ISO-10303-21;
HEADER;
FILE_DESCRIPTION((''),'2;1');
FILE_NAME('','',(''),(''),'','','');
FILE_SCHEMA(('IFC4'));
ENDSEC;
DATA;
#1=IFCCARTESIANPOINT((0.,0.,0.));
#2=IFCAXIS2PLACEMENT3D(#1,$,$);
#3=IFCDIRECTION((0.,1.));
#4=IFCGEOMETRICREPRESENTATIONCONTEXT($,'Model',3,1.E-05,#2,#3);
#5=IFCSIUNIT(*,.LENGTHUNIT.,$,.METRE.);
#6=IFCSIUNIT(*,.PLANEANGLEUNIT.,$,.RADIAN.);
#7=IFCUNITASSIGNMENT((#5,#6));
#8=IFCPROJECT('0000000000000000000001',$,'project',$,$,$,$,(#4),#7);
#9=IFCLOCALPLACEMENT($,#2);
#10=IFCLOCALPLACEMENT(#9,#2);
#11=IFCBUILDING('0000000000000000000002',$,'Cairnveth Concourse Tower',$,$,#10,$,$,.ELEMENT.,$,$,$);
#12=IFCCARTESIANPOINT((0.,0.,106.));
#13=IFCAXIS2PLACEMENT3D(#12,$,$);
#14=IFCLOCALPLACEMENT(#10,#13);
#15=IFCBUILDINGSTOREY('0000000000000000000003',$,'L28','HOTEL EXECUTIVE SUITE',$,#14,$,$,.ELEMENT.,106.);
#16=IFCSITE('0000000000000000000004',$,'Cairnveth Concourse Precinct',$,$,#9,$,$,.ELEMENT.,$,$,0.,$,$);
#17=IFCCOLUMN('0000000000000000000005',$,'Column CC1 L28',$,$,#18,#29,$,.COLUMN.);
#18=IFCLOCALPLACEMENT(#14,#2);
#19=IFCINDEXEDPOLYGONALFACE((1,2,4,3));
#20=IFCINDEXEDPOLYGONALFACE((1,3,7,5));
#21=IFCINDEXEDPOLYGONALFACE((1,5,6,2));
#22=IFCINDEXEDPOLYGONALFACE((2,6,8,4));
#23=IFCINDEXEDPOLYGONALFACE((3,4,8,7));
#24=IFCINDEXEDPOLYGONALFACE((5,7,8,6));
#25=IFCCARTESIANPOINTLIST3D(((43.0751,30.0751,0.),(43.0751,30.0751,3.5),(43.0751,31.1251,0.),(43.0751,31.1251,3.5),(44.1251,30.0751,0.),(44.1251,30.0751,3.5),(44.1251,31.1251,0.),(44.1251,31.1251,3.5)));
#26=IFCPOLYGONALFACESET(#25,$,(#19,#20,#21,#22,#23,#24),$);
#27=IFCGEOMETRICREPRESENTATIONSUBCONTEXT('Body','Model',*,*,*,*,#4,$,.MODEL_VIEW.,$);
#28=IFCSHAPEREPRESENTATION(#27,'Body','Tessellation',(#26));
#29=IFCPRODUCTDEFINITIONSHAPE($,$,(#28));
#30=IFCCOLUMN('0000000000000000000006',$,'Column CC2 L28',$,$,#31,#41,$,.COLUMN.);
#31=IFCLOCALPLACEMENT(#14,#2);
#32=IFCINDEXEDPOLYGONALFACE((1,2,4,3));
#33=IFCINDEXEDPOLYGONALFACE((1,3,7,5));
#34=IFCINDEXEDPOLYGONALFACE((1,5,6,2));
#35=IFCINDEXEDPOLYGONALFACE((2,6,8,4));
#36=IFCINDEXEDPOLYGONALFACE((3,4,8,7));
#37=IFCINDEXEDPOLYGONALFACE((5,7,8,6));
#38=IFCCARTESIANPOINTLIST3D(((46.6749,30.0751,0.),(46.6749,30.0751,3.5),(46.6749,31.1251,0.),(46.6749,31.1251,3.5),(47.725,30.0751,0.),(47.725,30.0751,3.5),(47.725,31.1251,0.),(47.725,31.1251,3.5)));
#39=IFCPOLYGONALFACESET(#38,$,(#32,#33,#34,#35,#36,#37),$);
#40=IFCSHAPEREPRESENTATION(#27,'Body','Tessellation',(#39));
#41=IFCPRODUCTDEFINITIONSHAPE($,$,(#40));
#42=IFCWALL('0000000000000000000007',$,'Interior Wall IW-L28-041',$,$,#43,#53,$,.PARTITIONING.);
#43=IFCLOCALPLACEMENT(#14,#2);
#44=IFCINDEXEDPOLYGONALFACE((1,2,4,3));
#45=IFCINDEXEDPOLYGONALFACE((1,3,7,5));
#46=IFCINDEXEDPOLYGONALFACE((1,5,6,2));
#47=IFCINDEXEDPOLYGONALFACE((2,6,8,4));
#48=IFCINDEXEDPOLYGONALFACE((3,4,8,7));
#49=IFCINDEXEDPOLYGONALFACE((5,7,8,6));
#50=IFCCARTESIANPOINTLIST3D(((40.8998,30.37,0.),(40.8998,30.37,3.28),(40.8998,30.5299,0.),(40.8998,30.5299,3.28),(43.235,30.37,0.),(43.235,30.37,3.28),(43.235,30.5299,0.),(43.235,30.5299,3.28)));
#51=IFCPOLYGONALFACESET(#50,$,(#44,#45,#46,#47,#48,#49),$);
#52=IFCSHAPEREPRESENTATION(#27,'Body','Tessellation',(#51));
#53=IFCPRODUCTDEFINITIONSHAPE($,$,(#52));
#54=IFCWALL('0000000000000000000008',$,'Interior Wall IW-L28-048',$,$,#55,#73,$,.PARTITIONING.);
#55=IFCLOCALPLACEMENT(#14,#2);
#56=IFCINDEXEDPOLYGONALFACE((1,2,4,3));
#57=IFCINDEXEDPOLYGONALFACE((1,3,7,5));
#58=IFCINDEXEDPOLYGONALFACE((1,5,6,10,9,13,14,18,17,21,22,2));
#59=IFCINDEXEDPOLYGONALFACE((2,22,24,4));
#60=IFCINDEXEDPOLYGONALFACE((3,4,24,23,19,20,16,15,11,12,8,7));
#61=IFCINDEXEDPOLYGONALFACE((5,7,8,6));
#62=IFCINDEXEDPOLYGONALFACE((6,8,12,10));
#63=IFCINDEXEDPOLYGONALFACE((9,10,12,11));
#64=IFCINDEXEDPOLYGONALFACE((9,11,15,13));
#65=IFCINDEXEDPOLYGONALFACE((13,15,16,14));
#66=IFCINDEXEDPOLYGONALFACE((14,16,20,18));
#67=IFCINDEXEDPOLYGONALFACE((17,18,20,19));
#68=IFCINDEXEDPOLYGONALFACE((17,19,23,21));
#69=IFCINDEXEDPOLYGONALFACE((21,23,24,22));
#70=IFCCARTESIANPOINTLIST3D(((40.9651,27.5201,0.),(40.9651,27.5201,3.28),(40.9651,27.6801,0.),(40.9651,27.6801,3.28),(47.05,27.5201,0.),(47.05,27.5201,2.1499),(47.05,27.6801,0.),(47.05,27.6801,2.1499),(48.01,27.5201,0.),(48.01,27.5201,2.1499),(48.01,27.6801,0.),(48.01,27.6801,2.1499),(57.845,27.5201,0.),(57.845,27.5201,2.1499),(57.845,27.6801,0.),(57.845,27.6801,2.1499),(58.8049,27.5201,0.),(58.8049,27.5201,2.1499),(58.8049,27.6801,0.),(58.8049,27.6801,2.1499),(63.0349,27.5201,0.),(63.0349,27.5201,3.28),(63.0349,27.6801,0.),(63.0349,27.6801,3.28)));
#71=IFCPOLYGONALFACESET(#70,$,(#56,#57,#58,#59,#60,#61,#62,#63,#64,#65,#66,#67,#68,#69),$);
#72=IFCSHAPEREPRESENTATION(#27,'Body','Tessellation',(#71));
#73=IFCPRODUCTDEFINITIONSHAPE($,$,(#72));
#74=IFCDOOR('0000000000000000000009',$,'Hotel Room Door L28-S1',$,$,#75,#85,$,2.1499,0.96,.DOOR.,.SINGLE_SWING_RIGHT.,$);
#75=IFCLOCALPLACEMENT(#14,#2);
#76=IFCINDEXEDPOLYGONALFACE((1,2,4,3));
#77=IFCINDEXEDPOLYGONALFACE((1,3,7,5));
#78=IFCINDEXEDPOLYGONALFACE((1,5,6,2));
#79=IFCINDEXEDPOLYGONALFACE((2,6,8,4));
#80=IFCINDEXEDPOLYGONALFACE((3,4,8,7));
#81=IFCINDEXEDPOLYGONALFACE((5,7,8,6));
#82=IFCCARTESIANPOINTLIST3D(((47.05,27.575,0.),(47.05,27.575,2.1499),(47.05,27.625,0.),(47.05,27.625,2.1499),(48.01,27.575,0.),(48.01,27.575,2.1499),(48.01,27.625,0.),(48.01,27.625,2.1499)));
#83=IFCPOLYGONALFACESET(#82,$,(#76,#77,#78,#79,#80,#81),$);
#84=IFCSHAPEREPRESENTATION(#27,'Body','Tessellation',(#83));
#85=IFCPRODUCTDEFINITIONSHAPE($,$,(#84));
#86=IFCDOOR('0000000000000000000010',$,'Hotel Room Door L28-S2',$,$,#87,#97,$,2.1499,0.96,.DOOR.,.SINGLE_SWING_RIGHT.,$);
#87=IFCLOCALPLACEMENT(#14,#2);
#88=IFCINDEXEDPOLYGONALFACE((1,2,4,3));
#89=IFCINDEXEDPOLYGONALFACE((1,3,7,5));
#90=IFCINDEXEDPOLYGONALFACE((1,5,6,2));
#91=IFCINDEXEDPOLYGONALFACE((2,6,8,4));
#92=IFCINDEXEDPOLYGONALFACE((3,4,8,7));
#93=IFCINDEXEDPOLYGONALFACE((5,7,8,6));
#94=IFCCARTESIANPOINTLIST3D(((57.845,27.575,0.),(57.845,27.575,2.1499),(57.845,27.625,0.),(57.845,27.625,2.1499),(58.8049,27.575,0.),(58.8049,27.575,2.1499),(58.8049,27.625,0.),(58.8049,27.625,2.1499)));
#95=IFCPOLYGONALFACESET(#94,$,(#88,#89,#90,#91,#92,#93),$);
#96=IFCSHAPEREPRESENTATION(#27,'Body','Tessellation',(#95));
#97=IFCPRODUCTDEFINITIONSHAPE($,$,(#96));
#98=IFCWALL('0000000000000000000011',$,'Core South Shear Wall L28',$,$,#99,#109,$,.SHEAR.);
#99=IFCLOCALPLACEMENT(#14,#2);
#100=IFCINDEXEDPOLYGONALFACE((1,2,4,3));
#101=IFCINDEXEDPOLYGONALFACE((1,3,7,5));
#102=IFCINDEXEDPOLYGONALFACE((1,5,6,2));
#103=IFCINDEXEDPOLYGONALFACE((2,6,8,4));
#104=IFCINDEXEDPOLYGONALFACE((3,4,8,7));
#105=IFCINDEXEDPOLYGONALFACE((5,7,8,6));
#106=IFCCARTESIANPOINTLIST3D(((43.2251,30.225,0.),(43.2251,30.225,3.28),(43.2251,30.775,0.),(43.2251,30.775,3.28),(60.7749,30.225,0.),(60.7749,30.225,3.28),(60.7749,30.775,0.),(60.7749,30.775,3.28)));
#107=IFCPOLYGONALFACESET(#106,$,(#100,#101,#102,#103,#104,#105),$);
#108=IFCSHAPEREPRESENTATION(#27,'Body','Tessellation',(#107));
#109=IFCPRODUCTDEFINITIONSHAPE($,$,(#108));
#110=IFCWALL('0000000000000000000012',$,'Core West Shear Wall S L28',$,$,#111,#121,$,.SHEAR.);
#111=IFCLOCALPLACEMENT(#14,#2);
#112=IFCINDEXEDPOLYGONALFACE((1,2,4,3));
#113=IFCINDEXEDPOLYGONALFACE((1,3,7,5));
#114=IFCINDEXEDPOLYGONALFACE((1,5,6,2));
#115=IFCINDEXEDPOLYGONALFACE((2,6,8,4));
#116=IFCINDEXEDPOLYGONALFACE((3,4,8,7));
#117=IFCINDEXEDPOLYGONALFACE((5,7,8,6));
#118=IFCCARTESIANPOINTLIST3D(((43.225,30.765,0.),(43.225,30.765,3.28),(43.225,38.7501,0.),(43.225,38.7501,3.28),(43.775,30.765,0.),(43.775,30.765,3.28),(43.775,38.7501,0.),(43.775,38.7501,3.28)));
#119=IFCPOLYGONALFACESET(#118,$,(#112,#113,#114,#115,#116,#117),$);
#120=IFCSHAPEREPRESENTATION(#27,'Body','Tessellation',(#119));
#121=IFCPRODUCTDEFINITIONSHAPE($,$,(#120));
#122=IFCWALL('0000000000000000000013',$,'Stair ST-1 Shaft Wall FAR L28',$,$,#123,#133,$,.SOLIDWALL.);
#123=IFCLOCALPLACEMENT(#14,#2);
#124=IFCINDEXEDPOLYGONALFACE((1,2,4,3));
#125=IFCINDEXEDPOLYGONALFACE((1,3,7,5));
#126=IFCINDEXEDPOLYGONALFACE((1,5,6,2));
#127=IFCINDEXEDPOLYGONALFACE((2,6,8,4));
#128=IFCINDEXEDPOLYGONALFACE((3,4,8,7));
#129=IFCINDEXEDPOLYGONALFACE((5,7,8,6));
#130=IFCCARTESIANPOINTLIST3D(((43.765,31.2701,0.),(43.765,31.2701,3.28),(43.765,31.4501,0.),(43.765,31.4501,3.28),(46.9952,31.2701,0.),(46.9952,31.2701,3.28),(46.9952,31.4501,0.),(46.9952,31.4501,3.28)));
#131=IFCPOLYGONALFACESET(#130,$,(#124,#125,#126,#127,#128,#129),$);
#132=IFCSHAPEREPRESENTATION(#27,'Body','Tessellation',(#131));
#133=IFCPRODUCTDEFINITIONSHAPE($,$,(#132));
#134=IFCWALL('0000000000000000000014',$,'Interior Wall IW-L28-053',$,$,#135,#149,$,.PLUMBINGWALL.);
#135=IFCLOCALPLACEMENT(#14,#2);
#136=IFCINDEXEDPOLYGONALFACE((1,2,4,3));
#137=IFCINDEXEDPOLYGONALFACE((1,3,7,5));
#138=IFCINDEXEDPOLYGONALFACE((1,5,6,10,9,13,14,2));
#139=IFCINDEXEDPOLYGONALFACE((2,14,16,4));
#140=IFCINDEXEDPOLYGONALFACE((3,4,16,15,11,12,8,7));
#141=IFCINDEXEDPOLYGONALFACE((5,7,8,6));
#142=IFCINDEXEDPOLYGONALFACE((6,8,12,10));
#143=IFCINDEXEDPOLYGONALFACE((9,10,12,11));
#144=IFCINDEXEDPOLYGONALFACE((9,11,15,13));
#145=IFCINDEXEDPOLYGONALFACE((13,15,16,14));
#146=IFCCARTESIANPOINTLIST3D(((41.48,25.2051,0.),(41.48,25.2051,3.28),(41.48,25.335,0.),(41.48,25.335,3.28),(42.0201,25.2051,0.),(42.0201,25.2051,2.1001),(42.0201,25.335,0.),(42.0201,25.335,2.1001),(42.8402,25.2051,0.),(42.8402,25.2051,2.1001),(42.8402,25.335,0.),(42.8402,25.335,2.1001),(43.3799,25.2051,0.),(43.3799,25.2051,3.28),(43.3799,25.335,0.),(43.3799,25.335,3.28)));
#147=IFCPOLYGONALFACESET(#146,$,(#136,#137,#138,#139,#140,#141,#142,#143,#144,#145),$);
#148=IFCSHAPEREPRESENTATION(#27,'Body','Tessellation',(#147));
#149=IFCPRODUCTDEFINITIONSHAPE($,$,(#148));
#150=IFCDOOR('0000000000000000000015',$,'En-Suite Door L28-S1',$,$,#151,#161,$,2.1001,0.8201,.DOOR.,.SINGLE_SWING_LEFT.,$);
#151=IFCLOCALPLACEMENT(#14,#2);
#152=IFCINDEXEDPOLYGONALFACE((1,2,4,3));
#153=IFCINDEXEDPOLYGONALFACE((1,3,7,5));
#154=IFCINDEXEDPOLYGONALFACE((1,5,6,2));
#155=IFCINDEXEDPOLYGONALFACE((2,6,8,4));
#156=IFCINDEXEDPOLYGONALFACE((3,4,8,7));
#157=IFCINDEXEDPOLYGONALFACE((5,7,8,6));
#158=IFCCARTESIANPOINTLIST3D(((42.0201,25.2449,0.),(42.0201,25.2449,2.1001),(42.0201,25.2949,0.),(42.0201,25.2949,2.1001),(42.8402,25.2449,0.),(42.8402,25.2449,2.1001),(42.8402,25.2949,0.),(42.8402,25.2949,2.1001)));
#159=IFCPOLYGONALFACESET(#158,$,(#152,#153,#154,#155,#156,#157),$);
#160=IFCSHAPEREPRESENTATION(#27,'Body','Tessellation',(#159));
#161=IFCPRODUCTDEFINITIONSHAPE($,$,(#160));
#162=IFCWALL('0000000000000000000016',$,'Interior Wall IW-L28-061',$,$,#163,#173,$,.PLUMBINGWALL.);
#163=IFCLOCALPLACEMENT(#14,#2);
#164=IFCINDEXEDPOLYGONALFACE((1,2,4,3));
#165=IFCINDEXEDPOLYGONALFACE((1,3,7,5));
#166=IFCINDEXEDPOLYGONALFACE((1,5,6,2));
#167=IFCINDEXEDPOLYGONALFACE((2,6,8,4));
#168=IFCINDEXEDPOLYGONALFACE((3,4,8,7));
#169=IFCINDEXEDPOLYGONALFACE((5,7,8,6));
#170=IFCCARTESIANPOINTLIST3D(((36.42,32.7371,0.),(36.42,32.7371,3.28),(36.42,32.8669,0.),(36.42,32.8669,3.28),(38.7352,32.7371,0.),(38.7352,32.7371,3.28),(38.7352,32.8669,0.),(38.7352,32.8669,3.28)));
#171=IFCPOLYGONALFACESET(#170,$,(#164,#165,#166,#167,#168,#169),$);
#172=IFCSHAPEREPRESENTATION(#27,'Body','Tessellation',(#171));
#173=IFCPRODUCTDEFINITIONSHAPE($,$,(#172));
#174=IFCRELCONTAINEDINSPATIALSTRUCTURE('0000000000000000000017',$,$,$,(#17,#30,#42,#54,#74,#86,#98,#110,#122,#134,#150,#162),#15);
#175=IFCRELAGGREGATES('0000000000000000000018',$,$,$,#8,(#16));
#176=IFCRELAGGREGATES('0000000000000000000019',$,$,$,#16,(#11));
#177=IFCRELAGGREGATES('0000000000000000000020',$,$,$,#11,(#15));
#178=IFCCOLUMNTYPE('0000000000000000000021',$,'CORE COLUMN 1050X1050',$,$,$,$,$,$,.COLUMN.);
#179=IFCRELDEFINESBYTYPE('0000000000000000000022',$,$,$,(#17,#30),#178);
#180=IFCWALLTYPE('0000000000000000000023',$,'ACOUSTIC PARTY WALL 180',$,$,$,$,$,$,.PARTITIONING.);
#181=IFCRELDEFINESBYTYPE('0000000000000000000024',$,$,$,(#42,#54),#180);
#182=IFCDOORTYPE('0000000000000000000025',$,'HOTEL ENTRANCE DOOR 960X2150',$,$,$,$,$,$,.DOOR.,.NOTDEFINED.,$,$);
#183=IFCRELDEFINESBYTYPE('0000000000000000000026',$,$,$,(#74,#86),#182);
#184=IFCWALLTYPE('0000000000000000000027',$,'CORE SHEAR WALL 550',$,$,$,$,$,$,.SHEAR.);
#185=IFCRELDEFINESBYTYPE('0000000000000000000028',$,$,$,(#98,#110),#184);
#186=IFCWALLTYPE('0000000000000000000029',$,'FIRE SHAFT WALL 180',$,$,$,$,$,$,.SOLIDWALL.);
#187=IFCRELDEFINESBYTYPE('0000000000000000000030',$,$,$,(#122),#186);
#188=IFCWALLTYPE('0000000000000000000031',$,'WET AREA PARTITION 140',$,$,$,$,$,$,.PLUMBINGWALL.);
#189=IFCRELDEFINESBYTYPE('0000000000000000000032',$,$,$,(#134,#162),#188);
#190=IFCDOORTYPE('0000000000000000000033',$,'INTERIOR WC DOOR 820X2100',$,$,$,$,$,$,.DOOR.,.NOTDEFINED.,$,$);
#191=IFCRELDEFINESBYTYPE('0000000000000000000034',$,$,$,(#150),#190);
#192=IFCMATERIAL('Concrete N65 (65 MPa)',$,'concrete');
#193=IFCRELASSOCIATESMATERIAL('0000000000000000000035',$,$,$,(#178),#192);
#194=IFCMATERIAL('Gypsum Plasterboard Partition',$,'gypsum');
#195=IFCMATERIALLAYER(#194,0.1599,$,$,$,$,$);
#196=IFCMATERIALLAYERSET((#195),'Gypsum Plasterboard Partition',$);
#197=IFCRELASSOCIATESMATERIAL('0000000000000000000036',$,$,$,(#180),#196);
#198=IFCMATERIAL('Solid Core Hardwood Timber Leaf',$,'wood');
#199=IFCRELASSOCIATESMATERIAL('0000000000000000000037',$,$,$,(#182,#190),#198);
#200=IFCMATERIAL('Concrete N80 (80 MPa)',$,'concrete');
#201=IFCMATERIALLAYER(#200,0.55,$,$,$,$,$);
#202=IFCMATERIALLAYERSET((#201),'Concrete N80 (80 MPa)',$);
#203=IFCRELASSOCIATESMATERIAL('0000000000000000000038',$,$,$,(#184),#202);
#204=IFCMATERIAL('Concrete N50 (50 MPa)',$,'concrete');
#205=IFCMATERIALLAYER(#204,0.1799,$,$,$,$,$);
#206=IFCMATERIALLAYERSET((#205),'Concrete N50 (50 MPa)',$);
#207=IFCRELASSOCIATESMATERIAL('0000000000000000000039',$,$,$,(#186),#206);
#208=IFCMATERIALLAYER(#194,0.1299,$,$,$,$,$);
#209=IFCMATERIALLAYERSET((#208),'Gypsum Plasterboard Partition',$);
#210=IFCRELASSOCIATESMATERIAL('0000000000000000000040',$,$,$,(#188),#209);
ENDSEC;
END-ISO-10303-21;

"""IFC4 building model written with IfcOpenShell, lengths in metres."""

from ifc_helpers import new_model, si_unit, direction, frame, frame_2d, origin, origin_2d, place, context, subcontext, project, spatial, rectangle, extrude, material, layer, layer_set, material_profile, profile_set, type_object, element, fill, save


model = new_model("IFC4")

# Units and contexts
model_context = context("Model", 3, precision=1e-05, world=origin(), true_north=direction((0.0, 1.0)))
body_context = subcontext(model_context, "Body", "Model", "MODEL_VIEW")
ifc_project = project(units=[si_unit("LENGTHUNIT", "METRE"), si_unit("PLANEANGLEUNIT", "RADIAN")], contexts=[model_context])

# Site, building, storey
site_placement = place(None, origin())
site = spatial("IfcSite", under=ifc_project, at=site_placement, Name="Cairnveth Concourse Precinct", CompositionType="ELEMENT", RefElevation=0.0)
building_placement = place(site_placement, origin())
building = spatial("IfcBuilding", under=site, at=building_placement, Name="Cairnveth Concourse Tower", CompositionType="ELEMENT")
storey_placement = place(building_placement, frame((0.0, 0.0, 106.0)))
storey = spatial("IfcBuildingStorey", under=building, at=storey_placement, Name="L28", Description="HOTEL EXECUTIVE SUITE", CompositionType="ELEMENT", Elevation=106.0)

# Columns
ifc_material_1 = material(Name="Concrete N65 (65 MPa)", Category="concrete")
ifc_material_profile = material_profile(ifc_material_1, rectangle(XDim=1.05, YDim=1.05, at=origin_2d()), Name="RC-COL-1050x1050")
ifc_profile_set = profile_set([ifc_material_profile], Name="Concrete N65 (65 MPa)")
column_type = type_object("IfcColumnType", Name="CORE COLUMN 1050X1050", PredefinedType="COLUMN", material=ifc_profile_set)
for number, where, z_axis, x_axis, name in (
    (1, (43.6001, 30.6001, 0.0), (0.0, 0.0, 1.0), (1.0, 0.0, 0.0), "Column CC1 L28"),
    (2, (47.2, 30.6001, 0.0), (0.0, 0.0, 1.0), (1.0, 0.0, 0.0), "Column CC2 L28"),
):
    element("IfcColumn", number, at=place(storey_placement, frame(where, z_axis=z_axis, x_axis=x_axis)), inside=storey, type_object=column_type, Name=name, PredefinedType="COLUMN", context=body_context, shape_type="SweptSolid", body=[
        extrude(rectangle(XDim=1.05, YDim=1.05, at=origin_2d()), origin(), (0.0, 0.0, 1.0), 3.5),
    ])

# Wall
ifc_material_2 = material(Name="Gypsum Plasterboard Partition", Category="gypsum")
ifc_layer_1 = layer(ifc_material_2, 0.1599)
ifc_layer_set_1 = layer_set([ifc_layer_1], Name="Gypsum Plasterboard Partition")
wall_type_1 = type_object("IfcWallType", Name="ACOUSTIC PARTY WALL 180", PredefinedType="PARTITIONING", material=ifc_layer_set_1)
wall_1_placement = place(storey_placement, frame((40.8999, 30.45, 0.0), z_axis=(0.0, 0.0, 1.0), x_axis=(1.0, 0.0, 0.0)))
element("IfcWall", 3, at=wall_1_placement, inside=storey, type_object=wall_type_1, Name="Interior Wall IW-L28-041", PredefinedType="PARTITIONING", context=body_context, shape_type="SweptSolid", body=[
    extrude(rectangle(XDim=2.3352, YDim=0.1599, at=frame_2d((1.1675, 0.0))), origin(), (0.0, 0.0, 1.0), 3.28),
])

# Wall, openings, doors
wall_2_placement = place(storey_placement, frame((40.9651, 27.6001, 0.0), z_axis=(0.0, 0.0, 1.0), x_axis=(1.0, 0.0, 0.0)))
wall_2 = element("IfcWall", 4, at=wall_2_placement, inside=storey, type_object=wall_type_1, Name="Interior Wall IW-L28-048", PredefinedType="PARTITIONING", context=body_context, shape_type="SweptSolid", body=[
    extrude(rectangle(XDim=22.0698, YDim=0.1599, at=frame_2d((11.0349, 0.0))), origin(), (0.0, 0.0, 1.0), 3.28),
])
opening_1_placement = place(wall_2_placement, frame((6.085, 0.0, 0.0)))
opening_1 = element("IfcOpeningElement", 5, at=opening_1_placement, cuts=wall_2, PredefinedType="OPENING", context=body_context, shape_type="SweptSolid", body=[
    extrude(rectangle(XDim=0.96, YDim=2.1499, at=frame_2d((0.48, 1.075))), frame((0.0, 0.0898, 0.0), z_axis=(0.0, -1.0, 0.0), x_axis=(1.0, 0.0, 0.0)), (0.0, 0.0, 1.0), 0.1799),
])
opening_2_placement = place(wall_2_placement, frame((16.8799, 0.0, 0.0)))
opening_2 = element("IfcOpeningElement", 6, at=opening_2_placement, cuts=wall_2, PredefinedType="OPENING", context=body_context, shape_type="SweptSolid", body=[
    extrude(rectangle(XDim=0.96, YDim=2.1499, at=frame_2d((0.48, 1.075))), frame((0.0, 0.0898, 0.0), z_axis=(0.0, -1.0, 0.0), x_axis=(1.0, 0.0, 0.0)), (0.0, 0.0, 1.0), 0.1799),
])
ifc_material_3 = material(Name="Solid Core Hardwood Timber Leaf", Category="wood")
door_type_1 = type_object("IfcDoorType", Name="HOTEL ENTRANCE DOOR 960X2150", OperationType="NOTDEFINED", PredefinedType="DOOR", material=ifc_material_3)
door_1_placement = place(opening_1_placement, origin())
door_1 = element("IfcDoor", 7, at=door_1_placement, inside=storey, type_object=door_type_1, Name="Hotel Room Door L28-S1", OperationType="SINGLE_SWING_RIGHT", OverallHeight=2.1499, OverallWidth=0.96, PredefinedType="DOOR", context=body_context, shape_type="SweptSolid", body=[
    extrude(rectangle(XDim=0.96, YDim=2.1499, at=frame_2d((0.48, 1.075))), frame((0.0, 0.0249, 0.0), z_axis=(0.0, -1.0, 0.0), x_axis=(1.0, 0.0, 0.0)), (0.0, 0.0, 1.0), 0.05),
])
fill(opening_1, door_1)
door_2_placement = place(opening_2_placement, origin())
door_2 = element("IfcDoor", 8, at=door_2_placement, inside=storey, type_object=door_type_1, Name="Hotel Room Door L28-S2", OperationType="SINGLE_SWING_RIGHT", OverallHeight=2.1499, OverallWidth=0.96, PredefinedType="DOOR", context=body_context, shape_type="SweptSolid", body=[
    extrude(rectangle(XDim=0.96, YDim=2.1499, at=frame_2d((0.48, 1.075))), frame((0.0, 0.0249, 0.0), z_axis=(0.0, -1.0, 0.0), x_axis=(1.0, 0.0, 0.0)), (0.0, 0.0, 1.0), 0.05),
])
fill(opening_2, door_2)

# Walls
ifc_material_4 = material(Name="Concrete N80 (80 MPa)", Category="concrete")
ifc_layer_2 = layer(ifc_material_4, 0.55)
ifc_layer_set_2 = layer_set([ifc_layer_2], Name="Concrete N80 (80 MPa)")
wall_type_2 = type_object("IfcWallType", Name="CORE SHEAR WALL 550", PredefinedType="SHEAR", material=ifc_layer_set_2)
wall_3_placement = place(storey_placement, frame((43.2251, 30.5, 0.0), z_axis=(0.0, 0.0, 1.0), x_axis=(1.0, 0.0, 0.0)))
element("IfcWall", 9, at=wall_3_placement, inside=storey, type_object=wall_type_2, Name="Core South Shear Wall L28", PredefinedType="SHEAR", context=body_context, shape_type="SweptSolid", body=[
    extrude(rectangle(XDim=17.5498, YDim=0.55, at=frame_2d((8.7749, 0.0))), origin(), (0.0, 0.0, 1.0), 3.28),
])
wall_4_placement = place(storey_placement, frame((43.5, 30.7649, 0.0), z_axis=(0.0, 0.0, 1.0), x_axis=(0.0, 1.0, 0.0)))
element("IfcWall", 10, at=wall_4_placement, inside=storey, type_object=wall_type_2, Name="Core West Shear Wall S L28", PredefinedType="SHEAR", context=body_context, shape_type="SweptSolid", body=[
    extrude(rectangle(XDim=7.9851, YDim=0.55, at=frame_2d((3.9927, 0.0))), origin(), (0.0, 0.0, 1.0), 3.28),
])
ifc_material_5 = material(Name="Concrete N50 (50 MPa)", Category="concrete")
ifc_layer_3 = layer(ifc_material_5, 0.1799)
ifc_layer_set_3 = layer_set([ifc_layer_3], Name="Concrete N50 (50 MPa)")
wall_type_3 = type_object("IfcWallType", Name="FIRE SHAFT WALL 180", PredefinedType="SOLIDWALL", material=ifc_layer_set_3)
wall_5_placement = place(storey_placement, frame((43.7649, 31.3601, 0.0), z_axis=(0.0, 0.0, 1.0), x_axis=(1.0, 0.0, 0.0)))
element("IfcWall", 11, at=wall_5_placement, inside=storey, type_object=wall_type_3, Name="Stair ST-1 Shaft Wall FAR L28", PredefinedType="SOLIDWALL", context=body_context, shape_type="SweptSolid", body=[
    extrude(rectangle(XDim=3.2302, YDim=0.1799, at=frame_2d((1.6152, 0.0))), origin(), (0.0, 0.0, 1.0), 3.28),
])

# Wall, opening, door
ifc_layer_4 = layer(ifc_material_2, 0.1299)
ifc_layer_set_4 = layer_set([ifc_layer_4], Name="Gypsum Plasterboard Partition")
wall_type_4 = type_object("IfcWallType", Name="WET AREA PARTITION 140", PredefinedType="PLUMBINGWALL", material=ifc_layer_set_4)
wall_6_placement = place(storey_placement, frame((41.48, 25.27, 0.0), z_axis=(0.0, 0.0, 1.0), x_axis=(1.0, 0.0, 0.0)))
wall_6 = element("IfcWall", 12, at=wall_6_placement, inside=storey, type_object=wall_type_4, Name="Interior Wall IW-L28-053", PredefinedType="PLUMBINGWALL", context=body_context, shape_type="SweptSolid", body=[
    extrude(rectangle(XDim=1.8999, YDim=0.1299, at=frame_2d((0.95, 0.0))), origin(), (0.0, 0.0, 1.0), 3.28),
])
opening_3_placement = place(wall_6_placement, frame((0.54, 0.0, 0.0)))
opening_3 = element("IfcOpeningElement", 13, at=opening_3_placement, cuts=wall_6, PredefinedType="OPENING", context=body_context, shape_type="SweptSolid", body=[
    extrude(rectangle(XDim=0.8201, YDim=2.1001, at=frame_2d((0.4102, 1.05))), frame((0.0, 0.075, 0.0), z_axis=(0.0, -1.0, 0.0), x_axis=(1.0, 0.0, 0.0)), (0.0, 0.0, 1.0), 0.1499),
])
door_type_2 = type_object("IfcDoorType", Name="INTERIOR WC DOOR 820X2100", OperationType="NOTDEFINED", PredefinedType="DOOR", material=ifc_material_3)
door_3_placement = place(opening_3_placement, origin())
door_3 = element("IfcDoor", 14, at=door_3_placement, inside=storey, type_object=door_type_2, Name="En-Suite Door L28-S1", OperationType="SINGLE_SWING_LEFT", OverallHeight=2.1001, OverallWidth=0.8201, PredefinedType="DOOR", context=body_context, shape_type="SweptSolid", body=[
    extrude(rectangle(XDim=0.8201, YDim=2.1001, at=frame_2d((0.4102, 1.05))), frame((0.0, 0.0249, 0.0), z_axis=(0.0, -1.0, 0.0), x_axis=(1.0, 0.0, 0.0)), (0.0, 0.0, 1.0), 0.05),
])
fill(opening_3, door_3)

# Wall
wall_7_placement = place(storey_placement, frame((36.4199, 32.802, 0.0), z_axis=(0.0, 0.0, 1.0), x_axis=(1.0, 0.0, 0.0)))
element("IfcWall", 15, at=wall_7_placement, inside=storey, type_object=wall_type_4, Name="Interior Wall IW-L28-061", PredefinedType="PLUMBINGWALL", context=body_context, shape_type="SweptSolid", body=[
    extrude(rectangle(XDim=2.3152, YDim=0.1299, at=frame_2d((1.1577, 0.0))), origin(), (0.0, 0.0, 1.0), 3.28),
])

save(model, "model.ifc")
